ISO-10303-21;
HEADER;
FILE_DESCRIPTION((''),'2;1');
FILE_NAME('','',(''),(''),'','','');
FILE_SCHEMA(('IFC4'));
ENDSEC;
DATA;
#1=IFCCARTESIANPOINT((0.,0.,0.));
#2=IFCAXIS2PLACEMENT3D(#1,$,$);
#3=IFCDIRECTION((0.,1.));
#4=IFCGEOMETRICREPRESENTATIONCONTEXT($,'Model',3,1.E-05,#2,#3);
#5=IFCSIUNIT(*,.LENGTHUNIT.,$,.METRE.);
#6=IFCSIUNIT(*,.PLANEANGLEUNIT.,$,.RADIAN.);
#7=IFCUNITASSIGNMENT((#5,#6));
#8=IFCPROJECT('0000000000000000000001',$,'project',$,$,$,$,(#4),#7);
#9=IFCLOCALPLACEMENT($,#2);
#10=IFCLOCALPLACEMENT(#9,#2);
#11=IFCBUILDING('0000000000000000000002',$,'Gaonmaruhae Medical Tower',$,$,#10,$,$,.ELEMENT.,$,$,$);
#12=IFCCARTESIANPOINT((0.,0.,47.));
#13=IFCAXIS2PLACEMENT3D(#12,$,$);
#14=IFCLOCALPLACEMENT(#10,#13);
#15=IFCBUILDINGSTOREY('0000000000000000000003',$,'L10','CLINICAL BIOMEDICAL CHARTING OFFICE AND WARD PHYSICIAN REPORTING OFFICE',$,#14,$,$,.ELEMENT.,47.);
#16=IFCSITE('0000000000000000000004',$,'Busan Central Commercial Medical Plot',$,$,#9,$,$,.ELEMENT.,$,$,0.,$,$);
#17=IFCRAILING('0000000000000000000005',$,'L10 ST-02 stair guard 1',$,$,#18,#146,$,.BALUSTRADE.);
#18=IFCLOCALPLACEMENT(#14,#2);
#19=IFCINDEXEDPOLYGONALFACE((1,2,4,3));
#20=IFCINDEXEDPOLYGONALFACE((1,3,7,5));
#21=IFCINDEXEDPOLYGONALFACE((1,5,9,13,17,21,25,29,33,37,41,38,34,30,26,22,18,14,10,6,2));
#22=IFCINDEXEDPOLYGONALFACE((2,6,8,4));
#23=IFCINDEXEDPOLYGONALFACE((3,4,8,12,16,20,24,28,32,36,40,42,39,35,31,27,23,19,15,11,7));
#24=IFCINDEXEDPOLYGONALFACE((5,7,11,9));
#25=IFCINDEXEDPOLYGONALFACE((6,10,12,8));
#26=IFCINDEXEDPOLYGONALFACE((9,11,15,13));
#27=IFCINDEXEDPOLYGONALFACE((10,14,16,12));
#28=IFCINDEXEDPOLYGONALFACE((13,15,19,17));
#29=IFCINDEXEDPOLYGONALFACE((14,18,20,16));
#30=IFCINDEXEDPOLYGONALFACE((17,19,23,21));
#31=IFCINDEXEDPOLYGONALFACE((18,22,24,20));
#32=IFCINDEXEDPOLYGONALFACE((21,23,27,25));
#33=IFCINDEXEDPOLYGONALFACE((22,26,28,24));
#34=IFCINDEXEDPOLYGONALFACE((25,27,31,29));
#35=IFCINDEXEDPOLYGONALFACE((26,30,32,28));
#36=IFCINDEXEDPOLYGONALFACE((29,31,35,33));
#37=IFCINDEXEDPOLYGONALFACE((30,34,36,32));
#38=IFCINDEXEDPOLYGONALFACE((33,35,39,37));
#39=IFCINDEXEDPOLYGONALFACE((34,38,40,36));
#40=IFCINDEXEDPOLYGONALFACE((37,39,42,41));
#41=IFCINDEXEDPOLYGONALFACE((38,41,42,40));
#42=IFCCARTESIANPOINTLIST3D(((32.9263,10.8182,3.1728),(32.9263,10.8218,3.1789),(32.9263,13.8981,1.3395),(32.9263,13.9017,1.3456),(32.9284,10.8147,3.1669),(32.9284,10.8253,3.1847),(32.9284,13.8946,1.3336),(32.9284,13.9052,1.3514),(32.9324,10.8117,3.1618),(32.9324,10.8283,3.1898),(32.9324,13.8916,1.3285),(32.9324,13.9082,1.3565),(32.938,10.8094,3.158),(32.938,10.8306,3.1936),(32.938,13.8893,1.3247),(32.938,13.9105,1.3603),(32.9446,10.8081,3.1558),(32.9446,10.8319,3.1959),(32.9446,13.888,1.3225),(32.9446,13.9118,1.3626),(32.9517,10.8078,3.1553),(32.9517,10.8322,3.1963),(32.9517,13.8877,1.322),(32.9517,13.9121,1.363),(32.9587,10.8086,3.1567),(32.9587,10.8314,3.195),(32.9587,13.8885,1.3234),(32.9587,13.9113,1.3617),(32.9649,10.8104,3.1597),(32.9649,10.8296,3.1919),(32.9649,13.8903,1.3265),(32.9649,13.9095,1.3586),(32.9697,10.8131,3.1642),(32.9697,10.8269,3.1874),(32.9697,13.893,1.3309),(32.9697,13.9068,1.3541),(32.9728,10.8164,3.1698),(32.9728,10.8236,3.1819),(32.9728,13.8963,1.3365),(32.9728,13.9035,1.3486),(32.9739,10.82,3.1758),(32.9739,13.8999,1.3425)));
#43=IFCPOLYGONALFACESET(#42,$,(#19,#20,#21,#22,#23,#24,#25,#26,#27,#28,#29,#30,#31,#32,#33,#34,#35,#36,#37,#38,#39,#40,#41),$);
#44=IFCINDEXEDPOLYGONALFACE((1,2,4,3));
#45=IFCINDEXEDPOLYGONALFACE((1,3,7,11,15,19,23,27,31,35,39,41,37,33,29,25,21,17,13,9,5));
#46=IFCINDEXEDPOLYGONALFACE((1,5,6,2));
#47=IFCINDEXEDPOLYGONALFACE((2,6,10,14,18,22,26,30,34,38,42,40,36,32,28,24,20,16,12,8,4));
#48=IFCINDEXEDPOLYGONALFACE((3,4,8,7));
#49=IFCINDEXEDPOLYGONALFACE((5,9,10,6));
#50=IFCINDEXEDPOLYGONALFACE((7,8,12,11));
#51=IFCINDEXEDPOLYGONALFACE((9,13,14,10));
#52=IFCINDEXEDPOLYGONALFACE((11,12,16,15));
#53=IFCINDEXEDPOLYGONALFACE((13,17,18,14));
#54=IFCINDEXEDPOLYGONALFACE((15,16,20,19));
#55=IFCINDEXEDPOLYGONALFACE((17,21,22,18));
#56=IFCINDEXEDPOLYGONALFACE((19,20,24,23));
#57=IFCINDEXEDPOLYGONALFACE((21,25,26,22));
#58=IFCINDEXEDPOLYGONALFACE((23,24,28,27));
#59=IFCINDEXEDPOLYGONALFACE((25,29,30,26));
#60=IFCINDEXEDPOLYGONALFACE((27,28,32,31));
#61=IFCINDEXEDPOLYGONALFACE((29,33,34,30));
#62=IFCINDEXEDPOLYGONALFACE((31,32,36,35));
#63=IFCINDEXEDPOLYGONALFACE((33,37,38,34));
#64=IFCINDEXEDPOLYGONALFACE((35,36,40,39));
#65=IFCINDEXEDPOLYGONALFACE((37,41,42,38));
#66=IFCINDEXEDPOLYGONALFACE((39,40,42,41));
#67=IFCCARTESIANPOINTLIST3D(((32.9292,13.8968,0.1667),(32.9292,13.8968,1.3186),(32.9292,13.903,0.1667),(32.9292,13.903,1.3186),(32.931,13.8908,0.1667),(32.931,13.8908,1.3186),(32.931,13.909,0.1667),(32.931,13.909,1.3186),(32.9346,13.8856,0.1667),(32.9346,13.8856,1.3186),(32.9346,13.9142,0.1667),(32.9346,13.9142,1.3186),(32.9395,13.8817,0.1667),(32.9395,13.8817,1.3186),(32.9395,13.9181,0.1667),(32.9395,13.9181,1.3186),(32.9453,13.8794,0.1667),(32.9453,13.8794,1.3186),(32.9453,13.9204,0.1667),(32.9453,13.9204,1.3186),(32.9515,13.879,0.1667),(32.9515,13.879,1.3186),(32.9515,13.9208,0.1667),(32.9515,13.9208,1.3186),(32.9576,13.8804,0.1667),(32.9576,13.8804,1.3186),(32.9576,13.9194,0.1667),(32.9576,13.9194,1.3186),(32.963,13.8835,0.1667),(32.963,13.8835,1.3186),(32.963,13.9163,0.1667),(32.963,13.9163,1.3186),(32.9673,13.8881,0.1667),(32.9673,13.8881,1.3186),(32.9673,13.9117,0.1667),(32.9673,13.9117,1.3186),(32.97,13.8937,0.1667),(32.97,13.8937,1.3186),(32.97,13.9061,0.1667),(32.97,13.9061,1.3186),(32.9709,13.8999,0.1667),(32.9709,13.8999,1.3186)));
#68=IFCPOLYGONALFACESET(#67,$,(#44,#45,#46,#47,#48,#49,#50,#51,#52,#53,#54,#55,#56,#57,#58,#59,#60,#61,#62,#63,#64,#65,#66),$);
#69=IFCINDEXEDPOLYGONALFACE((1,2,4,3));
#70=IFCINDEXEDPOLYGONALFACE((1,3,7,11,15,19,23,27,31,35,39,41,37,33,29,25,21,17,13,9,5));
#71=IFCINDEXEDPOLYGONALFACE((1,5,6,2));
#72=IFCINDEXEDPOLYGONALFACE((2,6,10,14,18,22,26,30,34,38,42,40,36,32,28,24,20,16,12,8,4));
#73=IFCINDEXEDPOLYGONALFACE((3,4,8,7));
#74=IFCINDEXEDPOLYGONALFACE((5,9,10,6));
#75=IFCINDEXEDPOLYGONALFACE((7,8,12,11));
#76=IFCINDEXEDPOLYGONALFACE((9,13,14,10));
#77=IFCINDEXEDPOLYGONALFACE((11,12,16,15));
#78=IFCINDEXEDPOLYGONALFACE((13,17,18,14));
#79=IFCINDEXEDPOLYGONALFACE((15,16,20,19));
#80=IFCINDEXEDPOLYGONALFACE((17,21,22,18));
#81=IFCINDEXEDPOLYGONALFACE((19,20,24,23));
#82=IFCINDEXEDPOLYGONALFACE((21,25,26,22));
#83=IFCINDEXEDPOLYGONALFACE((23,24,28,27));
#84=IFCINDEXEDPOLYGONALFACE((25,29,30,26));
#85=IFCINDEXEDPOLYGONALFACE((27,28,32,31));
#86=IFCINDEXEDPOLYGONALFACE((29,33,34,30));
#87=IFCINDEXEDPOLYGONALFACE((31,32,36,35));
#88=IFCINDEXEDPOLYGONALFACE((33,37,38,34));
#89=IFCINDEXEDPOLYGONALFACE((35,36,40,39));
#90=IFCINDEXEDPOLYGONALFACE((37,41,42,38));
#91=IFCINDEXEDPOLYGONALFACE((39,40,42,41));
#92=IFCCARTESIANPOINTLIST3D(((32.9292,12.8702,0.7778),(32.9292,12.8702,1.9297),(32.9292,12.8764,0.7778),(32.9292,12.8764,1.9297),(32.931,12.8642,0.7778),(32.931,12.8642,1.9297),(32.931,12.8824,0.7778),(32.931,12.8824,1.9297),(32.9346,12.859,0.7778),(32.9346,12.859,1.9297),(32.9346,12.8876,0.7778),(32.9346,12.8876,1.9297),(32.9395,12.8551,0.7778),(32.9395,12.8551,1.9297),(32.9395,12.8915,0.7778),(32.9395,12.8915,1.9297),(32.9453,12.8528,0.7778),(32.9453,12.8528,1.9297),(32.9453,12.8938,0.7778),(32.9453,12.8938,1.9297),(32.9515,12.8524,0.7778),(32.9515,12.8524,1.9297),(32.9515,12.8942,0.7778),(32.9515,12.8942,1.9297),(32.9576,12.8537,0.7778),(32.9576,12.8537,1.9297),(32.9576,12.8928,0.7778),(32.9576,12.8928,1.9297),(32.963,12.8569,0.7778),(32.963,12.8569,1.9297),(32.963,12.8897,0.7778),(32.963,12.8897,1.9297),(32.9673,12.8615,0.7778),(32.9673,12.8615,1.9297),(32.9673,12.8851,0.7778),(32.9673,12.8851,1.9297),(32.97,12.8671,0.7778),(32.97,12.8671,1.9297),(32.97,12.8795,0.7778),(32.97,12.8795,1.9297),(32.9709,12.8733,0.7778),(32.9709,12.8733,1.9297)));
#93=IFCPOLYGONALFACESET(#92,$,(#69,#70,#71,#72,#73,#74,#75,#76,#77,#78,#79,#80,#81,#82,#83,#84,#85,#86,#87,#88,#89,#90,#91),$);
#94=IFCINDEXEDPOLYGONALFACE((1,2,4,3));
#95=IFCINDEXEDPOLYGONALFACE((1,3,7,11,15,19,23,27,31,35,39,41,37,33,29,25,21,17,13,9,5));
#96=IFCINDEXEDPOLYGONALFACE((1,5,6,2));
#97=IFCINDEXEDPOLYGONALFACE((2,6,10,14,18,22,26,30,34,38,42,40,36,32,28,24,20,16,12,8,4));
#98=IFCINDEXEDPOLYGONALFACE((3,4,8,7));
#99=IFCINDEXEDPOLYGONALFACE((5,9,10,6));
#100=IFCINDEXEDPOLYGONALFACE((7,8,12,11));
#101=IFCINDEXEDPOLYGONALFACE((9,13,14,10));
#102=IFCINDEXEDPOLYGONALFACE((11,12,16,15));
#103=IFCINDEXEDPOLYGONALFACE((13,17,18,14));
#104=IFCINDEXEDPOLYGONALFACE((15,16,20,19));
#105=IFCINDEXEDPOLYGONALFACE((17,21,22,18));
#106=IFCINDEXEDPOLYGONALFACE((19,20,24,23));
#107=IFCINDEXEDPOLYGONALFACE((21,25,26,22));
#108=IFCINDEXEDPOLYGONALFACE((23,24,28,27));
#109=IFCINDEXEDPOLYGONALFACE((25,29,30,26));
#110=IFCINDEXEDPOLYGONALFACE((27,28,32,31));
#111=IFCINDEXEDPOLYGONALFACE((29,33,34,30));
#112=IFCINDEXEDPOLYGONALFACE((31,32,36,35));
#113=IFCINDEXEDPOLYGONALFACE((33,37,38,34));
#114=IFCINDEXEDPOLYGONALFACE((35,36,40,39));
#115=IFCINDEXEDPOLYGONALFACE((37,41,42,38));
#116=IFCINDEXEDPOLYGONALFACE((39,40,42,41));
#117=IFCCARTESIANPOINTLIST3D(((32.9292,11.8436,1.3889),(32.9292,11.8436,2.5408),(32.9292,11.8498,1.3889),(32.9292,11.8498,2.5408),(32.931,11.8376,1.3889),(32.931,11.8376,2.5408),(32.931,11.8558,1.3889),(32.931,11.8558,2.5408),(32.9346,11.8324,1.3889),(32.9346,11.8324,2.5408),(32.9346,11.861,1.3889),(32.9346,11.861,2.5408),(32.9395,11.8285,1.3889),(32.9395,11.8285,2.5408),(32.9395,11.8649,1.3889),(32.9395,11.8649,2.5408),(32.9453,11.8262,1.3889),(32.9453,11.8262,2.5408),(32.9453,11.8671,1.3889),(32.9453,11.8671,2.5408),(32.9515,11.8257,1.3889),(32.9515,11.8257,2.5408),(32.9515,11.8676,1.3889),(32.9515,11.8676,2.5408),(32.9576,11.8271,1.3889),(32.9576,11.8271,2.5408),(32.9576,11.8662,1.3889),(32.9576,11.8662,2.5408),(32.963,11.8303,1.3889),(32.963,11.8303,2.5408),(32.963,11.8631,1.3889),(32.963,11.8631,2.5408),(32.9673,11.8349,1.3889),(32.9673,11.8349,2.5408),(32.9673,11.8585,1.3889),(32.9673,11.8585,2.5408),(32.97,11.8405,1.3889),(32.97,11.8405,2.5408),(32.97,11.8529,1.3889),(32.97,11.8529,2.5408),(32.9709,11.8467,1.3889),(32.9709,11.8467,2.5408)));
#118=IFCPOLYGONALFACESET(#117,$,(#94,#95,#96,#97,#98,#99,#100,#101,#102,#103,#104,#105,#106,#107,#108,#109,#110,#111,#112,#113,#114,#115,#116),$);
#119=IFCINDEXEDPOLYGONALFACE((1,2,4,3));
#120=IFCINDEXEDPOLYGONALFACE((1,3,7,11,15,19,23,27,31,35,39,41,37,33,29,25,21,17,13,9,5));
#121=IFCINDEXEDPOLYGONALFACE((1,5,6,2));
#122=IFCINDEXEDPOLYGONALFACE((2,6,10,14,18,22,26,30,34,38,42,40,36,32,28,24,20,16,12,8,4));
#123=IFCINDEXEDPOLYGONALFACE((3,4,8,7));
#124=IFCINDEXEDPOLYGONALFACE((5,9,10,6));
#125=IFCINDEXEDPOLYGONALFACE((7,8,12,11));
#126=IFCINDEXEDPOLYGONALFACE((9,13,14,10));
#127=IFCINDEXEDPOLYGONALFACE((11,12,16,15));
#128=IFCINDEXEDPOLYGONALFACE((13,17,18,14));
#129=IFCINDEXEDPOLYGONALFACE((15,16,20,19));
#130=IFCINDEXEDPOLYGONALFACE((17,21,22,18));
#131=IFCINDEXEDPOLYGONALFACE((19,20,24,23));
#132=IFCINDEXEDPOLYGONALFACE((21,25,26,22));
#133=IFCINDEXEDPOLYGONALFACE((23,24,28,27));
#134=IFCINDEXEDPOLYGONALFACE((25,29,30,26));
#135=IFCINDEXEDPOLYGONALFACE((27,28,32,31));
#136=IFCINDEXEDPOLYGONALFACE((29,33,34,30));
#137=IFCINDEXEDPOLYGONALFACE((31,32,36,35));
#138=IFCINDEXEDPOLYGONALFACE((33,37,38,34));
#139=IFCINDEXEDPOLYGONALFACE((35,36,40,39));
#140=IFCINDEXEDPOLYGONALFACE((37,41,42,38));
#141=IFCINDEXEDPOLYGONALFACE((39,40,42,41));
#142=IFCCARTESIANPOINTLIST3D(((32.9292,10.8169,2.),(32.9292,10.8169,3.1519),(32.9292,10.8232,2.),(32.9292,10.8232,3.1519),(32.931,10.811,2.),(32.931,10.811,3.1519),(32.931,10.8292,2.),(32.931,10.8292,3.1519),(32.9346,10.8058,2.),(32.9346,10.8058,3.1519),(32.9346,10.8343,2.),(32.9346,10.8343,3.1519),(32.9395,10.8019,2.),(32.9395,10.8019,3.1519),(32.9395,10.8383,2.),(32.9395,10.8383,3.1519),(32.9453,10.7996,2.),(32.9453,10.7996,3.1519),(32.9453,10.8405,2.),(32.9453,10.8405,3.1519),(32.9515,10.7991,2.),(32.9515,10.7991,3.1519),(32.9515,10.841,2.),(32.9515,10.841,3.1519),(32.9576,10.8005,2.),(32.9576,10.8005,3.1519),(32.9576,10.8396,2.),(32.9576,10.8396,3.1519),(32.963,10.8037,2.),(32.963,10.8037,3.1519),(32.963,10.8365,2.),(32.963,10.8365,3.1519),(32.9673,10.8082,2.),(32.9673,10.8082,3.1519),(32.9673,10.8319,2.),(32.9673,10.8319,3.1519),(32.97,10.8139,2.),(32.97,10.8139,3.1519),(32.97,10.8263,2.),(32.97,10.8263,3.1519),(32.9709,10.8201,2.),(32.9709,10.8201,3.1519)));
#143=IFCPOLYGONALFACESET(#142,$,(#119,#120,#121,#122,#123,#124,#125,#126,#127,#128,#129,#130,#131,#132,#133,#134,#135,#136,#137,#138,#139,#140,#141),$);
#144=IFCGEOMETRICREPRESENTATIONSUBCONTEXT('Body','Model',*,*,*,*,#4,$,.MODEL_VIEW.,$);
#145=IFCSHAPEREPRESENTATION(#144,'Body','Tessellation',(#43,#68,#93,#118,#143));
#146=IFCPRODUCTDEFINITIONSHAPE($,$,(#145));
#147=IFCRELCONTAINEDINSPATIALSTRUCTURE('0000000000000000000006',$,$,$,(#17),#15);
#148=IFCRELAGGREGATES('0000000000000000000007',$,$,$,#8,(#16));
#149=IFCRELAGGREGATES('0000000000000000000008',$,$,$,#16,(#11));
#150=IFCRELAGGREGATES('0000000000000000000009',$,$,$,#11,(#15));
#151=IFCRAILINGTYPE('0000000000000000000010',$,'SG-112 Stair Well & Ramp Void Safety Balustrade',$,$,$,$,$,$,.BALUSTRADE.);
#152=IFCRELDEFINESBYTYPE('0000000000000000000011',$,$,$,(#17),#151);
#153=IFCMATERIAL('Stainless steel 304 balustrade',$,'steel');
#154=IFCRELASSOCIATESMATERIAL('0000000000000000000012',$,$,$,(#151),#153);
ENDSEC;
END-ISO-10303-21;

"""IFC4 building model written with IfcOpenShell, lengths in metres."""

from ifc_helpers import new_model, si_unit, direction, frame, origin, origin_2d, place, context, subcontext, project, spatial, circle, extrude, material, type_object, element, save


model = new_model("IFC4")

# Units and contexts
model_context = context("Model", 3, precision=1e-05, world=origin(), true_north=direction((0.0, 1.0)))
body_context = subcontext(model_context, "Body", "Model", "MODEL_VIEW")
ifc_project = project(units=[si_unit("LENGTHUNIT", "METRE"), si_unit("PLANEANGLEUNIT", "RADIAN")], contexts=[model_context])

# Site, building, storey
site_placement = place(None, origin())
site = spatial("IfcSite", under=ifc_project, at=site_placement, Name="Busan Central Commercial Medical Plot", CompositionType="ELEMENT", RefElevation=0.0)
building_placement = place(site_placement, origin())
building = spatial("IfcBuilding", under=site, at=building_placement, Name="Gaonmaruhae Medical Tower", CompositionType="ELEMENT")
storey_placement = place(building_placement, frame((0.0, 0.0, 47.0)))
storey = spatial("IfcBuildingStorey", under=building, at=storey_placement, Name="L10", Description="CLINICAL BIOMEDICAL CHARTING OFFICE AND WARD PHYSICIAN REPORTING OFFICE", CompositionType="ELEMENT", Elevation=47.0)

# Railing
ifc_material_1 = material(Name="Stainless steel 304 balustrade", Category="steel")
railing_type_1 = type_object("IfcRailingType", Name="SG-112 Stair Well & Ramp Void Safety Balustrade", PredefinedType="BALUSTRADE", material=ifc_material_1)
railing_1_placement = place(storey_placement, frame((32.95, 13.8999, 0.1667)))
element("IfcRailing", 1, at=railing_1_placement, inside=storey, type_object=railing_type_1, Name="L10 ST-02 stair guard 1", PredefinedType="BALUSTRADE", context=body_context, shape_type="SweptSolid", body=[
    extrude(circle(Radius=0.0239, at=origin_2d()), frame((0.0, 0.0, 1.1758), z_axis=(0.0, -0.859291, 0.511487), x_axis=(1.0, 0.0, 0.0)), (0.0, 0.0, 1.0), 3.5842),
    extrude(circle(Radius=0.021, at=origin_2d()), origin(), (0.0, 0.0, 1.0), 1.1519),
    extrude(circle(Radius=0.021, at=origin_2d()), frame((0.0, -1.0266, 0.6111)), (0.0, 0.0, 1.0), 1.1519),
    extrude(circle(Radius=0.021, at=origin_2d()), frame((0.0, -2.0532, 1.2222)), (0.0, 0.0, 1.0), 1.1519),
    extrude(circle(Radius=0.021, at=origin_2d()), frame((0.0, -3.0798, 1.8333)), (0.0, 0.0, 1.0), 1.1519),
])

save(model, "model.ifc")
